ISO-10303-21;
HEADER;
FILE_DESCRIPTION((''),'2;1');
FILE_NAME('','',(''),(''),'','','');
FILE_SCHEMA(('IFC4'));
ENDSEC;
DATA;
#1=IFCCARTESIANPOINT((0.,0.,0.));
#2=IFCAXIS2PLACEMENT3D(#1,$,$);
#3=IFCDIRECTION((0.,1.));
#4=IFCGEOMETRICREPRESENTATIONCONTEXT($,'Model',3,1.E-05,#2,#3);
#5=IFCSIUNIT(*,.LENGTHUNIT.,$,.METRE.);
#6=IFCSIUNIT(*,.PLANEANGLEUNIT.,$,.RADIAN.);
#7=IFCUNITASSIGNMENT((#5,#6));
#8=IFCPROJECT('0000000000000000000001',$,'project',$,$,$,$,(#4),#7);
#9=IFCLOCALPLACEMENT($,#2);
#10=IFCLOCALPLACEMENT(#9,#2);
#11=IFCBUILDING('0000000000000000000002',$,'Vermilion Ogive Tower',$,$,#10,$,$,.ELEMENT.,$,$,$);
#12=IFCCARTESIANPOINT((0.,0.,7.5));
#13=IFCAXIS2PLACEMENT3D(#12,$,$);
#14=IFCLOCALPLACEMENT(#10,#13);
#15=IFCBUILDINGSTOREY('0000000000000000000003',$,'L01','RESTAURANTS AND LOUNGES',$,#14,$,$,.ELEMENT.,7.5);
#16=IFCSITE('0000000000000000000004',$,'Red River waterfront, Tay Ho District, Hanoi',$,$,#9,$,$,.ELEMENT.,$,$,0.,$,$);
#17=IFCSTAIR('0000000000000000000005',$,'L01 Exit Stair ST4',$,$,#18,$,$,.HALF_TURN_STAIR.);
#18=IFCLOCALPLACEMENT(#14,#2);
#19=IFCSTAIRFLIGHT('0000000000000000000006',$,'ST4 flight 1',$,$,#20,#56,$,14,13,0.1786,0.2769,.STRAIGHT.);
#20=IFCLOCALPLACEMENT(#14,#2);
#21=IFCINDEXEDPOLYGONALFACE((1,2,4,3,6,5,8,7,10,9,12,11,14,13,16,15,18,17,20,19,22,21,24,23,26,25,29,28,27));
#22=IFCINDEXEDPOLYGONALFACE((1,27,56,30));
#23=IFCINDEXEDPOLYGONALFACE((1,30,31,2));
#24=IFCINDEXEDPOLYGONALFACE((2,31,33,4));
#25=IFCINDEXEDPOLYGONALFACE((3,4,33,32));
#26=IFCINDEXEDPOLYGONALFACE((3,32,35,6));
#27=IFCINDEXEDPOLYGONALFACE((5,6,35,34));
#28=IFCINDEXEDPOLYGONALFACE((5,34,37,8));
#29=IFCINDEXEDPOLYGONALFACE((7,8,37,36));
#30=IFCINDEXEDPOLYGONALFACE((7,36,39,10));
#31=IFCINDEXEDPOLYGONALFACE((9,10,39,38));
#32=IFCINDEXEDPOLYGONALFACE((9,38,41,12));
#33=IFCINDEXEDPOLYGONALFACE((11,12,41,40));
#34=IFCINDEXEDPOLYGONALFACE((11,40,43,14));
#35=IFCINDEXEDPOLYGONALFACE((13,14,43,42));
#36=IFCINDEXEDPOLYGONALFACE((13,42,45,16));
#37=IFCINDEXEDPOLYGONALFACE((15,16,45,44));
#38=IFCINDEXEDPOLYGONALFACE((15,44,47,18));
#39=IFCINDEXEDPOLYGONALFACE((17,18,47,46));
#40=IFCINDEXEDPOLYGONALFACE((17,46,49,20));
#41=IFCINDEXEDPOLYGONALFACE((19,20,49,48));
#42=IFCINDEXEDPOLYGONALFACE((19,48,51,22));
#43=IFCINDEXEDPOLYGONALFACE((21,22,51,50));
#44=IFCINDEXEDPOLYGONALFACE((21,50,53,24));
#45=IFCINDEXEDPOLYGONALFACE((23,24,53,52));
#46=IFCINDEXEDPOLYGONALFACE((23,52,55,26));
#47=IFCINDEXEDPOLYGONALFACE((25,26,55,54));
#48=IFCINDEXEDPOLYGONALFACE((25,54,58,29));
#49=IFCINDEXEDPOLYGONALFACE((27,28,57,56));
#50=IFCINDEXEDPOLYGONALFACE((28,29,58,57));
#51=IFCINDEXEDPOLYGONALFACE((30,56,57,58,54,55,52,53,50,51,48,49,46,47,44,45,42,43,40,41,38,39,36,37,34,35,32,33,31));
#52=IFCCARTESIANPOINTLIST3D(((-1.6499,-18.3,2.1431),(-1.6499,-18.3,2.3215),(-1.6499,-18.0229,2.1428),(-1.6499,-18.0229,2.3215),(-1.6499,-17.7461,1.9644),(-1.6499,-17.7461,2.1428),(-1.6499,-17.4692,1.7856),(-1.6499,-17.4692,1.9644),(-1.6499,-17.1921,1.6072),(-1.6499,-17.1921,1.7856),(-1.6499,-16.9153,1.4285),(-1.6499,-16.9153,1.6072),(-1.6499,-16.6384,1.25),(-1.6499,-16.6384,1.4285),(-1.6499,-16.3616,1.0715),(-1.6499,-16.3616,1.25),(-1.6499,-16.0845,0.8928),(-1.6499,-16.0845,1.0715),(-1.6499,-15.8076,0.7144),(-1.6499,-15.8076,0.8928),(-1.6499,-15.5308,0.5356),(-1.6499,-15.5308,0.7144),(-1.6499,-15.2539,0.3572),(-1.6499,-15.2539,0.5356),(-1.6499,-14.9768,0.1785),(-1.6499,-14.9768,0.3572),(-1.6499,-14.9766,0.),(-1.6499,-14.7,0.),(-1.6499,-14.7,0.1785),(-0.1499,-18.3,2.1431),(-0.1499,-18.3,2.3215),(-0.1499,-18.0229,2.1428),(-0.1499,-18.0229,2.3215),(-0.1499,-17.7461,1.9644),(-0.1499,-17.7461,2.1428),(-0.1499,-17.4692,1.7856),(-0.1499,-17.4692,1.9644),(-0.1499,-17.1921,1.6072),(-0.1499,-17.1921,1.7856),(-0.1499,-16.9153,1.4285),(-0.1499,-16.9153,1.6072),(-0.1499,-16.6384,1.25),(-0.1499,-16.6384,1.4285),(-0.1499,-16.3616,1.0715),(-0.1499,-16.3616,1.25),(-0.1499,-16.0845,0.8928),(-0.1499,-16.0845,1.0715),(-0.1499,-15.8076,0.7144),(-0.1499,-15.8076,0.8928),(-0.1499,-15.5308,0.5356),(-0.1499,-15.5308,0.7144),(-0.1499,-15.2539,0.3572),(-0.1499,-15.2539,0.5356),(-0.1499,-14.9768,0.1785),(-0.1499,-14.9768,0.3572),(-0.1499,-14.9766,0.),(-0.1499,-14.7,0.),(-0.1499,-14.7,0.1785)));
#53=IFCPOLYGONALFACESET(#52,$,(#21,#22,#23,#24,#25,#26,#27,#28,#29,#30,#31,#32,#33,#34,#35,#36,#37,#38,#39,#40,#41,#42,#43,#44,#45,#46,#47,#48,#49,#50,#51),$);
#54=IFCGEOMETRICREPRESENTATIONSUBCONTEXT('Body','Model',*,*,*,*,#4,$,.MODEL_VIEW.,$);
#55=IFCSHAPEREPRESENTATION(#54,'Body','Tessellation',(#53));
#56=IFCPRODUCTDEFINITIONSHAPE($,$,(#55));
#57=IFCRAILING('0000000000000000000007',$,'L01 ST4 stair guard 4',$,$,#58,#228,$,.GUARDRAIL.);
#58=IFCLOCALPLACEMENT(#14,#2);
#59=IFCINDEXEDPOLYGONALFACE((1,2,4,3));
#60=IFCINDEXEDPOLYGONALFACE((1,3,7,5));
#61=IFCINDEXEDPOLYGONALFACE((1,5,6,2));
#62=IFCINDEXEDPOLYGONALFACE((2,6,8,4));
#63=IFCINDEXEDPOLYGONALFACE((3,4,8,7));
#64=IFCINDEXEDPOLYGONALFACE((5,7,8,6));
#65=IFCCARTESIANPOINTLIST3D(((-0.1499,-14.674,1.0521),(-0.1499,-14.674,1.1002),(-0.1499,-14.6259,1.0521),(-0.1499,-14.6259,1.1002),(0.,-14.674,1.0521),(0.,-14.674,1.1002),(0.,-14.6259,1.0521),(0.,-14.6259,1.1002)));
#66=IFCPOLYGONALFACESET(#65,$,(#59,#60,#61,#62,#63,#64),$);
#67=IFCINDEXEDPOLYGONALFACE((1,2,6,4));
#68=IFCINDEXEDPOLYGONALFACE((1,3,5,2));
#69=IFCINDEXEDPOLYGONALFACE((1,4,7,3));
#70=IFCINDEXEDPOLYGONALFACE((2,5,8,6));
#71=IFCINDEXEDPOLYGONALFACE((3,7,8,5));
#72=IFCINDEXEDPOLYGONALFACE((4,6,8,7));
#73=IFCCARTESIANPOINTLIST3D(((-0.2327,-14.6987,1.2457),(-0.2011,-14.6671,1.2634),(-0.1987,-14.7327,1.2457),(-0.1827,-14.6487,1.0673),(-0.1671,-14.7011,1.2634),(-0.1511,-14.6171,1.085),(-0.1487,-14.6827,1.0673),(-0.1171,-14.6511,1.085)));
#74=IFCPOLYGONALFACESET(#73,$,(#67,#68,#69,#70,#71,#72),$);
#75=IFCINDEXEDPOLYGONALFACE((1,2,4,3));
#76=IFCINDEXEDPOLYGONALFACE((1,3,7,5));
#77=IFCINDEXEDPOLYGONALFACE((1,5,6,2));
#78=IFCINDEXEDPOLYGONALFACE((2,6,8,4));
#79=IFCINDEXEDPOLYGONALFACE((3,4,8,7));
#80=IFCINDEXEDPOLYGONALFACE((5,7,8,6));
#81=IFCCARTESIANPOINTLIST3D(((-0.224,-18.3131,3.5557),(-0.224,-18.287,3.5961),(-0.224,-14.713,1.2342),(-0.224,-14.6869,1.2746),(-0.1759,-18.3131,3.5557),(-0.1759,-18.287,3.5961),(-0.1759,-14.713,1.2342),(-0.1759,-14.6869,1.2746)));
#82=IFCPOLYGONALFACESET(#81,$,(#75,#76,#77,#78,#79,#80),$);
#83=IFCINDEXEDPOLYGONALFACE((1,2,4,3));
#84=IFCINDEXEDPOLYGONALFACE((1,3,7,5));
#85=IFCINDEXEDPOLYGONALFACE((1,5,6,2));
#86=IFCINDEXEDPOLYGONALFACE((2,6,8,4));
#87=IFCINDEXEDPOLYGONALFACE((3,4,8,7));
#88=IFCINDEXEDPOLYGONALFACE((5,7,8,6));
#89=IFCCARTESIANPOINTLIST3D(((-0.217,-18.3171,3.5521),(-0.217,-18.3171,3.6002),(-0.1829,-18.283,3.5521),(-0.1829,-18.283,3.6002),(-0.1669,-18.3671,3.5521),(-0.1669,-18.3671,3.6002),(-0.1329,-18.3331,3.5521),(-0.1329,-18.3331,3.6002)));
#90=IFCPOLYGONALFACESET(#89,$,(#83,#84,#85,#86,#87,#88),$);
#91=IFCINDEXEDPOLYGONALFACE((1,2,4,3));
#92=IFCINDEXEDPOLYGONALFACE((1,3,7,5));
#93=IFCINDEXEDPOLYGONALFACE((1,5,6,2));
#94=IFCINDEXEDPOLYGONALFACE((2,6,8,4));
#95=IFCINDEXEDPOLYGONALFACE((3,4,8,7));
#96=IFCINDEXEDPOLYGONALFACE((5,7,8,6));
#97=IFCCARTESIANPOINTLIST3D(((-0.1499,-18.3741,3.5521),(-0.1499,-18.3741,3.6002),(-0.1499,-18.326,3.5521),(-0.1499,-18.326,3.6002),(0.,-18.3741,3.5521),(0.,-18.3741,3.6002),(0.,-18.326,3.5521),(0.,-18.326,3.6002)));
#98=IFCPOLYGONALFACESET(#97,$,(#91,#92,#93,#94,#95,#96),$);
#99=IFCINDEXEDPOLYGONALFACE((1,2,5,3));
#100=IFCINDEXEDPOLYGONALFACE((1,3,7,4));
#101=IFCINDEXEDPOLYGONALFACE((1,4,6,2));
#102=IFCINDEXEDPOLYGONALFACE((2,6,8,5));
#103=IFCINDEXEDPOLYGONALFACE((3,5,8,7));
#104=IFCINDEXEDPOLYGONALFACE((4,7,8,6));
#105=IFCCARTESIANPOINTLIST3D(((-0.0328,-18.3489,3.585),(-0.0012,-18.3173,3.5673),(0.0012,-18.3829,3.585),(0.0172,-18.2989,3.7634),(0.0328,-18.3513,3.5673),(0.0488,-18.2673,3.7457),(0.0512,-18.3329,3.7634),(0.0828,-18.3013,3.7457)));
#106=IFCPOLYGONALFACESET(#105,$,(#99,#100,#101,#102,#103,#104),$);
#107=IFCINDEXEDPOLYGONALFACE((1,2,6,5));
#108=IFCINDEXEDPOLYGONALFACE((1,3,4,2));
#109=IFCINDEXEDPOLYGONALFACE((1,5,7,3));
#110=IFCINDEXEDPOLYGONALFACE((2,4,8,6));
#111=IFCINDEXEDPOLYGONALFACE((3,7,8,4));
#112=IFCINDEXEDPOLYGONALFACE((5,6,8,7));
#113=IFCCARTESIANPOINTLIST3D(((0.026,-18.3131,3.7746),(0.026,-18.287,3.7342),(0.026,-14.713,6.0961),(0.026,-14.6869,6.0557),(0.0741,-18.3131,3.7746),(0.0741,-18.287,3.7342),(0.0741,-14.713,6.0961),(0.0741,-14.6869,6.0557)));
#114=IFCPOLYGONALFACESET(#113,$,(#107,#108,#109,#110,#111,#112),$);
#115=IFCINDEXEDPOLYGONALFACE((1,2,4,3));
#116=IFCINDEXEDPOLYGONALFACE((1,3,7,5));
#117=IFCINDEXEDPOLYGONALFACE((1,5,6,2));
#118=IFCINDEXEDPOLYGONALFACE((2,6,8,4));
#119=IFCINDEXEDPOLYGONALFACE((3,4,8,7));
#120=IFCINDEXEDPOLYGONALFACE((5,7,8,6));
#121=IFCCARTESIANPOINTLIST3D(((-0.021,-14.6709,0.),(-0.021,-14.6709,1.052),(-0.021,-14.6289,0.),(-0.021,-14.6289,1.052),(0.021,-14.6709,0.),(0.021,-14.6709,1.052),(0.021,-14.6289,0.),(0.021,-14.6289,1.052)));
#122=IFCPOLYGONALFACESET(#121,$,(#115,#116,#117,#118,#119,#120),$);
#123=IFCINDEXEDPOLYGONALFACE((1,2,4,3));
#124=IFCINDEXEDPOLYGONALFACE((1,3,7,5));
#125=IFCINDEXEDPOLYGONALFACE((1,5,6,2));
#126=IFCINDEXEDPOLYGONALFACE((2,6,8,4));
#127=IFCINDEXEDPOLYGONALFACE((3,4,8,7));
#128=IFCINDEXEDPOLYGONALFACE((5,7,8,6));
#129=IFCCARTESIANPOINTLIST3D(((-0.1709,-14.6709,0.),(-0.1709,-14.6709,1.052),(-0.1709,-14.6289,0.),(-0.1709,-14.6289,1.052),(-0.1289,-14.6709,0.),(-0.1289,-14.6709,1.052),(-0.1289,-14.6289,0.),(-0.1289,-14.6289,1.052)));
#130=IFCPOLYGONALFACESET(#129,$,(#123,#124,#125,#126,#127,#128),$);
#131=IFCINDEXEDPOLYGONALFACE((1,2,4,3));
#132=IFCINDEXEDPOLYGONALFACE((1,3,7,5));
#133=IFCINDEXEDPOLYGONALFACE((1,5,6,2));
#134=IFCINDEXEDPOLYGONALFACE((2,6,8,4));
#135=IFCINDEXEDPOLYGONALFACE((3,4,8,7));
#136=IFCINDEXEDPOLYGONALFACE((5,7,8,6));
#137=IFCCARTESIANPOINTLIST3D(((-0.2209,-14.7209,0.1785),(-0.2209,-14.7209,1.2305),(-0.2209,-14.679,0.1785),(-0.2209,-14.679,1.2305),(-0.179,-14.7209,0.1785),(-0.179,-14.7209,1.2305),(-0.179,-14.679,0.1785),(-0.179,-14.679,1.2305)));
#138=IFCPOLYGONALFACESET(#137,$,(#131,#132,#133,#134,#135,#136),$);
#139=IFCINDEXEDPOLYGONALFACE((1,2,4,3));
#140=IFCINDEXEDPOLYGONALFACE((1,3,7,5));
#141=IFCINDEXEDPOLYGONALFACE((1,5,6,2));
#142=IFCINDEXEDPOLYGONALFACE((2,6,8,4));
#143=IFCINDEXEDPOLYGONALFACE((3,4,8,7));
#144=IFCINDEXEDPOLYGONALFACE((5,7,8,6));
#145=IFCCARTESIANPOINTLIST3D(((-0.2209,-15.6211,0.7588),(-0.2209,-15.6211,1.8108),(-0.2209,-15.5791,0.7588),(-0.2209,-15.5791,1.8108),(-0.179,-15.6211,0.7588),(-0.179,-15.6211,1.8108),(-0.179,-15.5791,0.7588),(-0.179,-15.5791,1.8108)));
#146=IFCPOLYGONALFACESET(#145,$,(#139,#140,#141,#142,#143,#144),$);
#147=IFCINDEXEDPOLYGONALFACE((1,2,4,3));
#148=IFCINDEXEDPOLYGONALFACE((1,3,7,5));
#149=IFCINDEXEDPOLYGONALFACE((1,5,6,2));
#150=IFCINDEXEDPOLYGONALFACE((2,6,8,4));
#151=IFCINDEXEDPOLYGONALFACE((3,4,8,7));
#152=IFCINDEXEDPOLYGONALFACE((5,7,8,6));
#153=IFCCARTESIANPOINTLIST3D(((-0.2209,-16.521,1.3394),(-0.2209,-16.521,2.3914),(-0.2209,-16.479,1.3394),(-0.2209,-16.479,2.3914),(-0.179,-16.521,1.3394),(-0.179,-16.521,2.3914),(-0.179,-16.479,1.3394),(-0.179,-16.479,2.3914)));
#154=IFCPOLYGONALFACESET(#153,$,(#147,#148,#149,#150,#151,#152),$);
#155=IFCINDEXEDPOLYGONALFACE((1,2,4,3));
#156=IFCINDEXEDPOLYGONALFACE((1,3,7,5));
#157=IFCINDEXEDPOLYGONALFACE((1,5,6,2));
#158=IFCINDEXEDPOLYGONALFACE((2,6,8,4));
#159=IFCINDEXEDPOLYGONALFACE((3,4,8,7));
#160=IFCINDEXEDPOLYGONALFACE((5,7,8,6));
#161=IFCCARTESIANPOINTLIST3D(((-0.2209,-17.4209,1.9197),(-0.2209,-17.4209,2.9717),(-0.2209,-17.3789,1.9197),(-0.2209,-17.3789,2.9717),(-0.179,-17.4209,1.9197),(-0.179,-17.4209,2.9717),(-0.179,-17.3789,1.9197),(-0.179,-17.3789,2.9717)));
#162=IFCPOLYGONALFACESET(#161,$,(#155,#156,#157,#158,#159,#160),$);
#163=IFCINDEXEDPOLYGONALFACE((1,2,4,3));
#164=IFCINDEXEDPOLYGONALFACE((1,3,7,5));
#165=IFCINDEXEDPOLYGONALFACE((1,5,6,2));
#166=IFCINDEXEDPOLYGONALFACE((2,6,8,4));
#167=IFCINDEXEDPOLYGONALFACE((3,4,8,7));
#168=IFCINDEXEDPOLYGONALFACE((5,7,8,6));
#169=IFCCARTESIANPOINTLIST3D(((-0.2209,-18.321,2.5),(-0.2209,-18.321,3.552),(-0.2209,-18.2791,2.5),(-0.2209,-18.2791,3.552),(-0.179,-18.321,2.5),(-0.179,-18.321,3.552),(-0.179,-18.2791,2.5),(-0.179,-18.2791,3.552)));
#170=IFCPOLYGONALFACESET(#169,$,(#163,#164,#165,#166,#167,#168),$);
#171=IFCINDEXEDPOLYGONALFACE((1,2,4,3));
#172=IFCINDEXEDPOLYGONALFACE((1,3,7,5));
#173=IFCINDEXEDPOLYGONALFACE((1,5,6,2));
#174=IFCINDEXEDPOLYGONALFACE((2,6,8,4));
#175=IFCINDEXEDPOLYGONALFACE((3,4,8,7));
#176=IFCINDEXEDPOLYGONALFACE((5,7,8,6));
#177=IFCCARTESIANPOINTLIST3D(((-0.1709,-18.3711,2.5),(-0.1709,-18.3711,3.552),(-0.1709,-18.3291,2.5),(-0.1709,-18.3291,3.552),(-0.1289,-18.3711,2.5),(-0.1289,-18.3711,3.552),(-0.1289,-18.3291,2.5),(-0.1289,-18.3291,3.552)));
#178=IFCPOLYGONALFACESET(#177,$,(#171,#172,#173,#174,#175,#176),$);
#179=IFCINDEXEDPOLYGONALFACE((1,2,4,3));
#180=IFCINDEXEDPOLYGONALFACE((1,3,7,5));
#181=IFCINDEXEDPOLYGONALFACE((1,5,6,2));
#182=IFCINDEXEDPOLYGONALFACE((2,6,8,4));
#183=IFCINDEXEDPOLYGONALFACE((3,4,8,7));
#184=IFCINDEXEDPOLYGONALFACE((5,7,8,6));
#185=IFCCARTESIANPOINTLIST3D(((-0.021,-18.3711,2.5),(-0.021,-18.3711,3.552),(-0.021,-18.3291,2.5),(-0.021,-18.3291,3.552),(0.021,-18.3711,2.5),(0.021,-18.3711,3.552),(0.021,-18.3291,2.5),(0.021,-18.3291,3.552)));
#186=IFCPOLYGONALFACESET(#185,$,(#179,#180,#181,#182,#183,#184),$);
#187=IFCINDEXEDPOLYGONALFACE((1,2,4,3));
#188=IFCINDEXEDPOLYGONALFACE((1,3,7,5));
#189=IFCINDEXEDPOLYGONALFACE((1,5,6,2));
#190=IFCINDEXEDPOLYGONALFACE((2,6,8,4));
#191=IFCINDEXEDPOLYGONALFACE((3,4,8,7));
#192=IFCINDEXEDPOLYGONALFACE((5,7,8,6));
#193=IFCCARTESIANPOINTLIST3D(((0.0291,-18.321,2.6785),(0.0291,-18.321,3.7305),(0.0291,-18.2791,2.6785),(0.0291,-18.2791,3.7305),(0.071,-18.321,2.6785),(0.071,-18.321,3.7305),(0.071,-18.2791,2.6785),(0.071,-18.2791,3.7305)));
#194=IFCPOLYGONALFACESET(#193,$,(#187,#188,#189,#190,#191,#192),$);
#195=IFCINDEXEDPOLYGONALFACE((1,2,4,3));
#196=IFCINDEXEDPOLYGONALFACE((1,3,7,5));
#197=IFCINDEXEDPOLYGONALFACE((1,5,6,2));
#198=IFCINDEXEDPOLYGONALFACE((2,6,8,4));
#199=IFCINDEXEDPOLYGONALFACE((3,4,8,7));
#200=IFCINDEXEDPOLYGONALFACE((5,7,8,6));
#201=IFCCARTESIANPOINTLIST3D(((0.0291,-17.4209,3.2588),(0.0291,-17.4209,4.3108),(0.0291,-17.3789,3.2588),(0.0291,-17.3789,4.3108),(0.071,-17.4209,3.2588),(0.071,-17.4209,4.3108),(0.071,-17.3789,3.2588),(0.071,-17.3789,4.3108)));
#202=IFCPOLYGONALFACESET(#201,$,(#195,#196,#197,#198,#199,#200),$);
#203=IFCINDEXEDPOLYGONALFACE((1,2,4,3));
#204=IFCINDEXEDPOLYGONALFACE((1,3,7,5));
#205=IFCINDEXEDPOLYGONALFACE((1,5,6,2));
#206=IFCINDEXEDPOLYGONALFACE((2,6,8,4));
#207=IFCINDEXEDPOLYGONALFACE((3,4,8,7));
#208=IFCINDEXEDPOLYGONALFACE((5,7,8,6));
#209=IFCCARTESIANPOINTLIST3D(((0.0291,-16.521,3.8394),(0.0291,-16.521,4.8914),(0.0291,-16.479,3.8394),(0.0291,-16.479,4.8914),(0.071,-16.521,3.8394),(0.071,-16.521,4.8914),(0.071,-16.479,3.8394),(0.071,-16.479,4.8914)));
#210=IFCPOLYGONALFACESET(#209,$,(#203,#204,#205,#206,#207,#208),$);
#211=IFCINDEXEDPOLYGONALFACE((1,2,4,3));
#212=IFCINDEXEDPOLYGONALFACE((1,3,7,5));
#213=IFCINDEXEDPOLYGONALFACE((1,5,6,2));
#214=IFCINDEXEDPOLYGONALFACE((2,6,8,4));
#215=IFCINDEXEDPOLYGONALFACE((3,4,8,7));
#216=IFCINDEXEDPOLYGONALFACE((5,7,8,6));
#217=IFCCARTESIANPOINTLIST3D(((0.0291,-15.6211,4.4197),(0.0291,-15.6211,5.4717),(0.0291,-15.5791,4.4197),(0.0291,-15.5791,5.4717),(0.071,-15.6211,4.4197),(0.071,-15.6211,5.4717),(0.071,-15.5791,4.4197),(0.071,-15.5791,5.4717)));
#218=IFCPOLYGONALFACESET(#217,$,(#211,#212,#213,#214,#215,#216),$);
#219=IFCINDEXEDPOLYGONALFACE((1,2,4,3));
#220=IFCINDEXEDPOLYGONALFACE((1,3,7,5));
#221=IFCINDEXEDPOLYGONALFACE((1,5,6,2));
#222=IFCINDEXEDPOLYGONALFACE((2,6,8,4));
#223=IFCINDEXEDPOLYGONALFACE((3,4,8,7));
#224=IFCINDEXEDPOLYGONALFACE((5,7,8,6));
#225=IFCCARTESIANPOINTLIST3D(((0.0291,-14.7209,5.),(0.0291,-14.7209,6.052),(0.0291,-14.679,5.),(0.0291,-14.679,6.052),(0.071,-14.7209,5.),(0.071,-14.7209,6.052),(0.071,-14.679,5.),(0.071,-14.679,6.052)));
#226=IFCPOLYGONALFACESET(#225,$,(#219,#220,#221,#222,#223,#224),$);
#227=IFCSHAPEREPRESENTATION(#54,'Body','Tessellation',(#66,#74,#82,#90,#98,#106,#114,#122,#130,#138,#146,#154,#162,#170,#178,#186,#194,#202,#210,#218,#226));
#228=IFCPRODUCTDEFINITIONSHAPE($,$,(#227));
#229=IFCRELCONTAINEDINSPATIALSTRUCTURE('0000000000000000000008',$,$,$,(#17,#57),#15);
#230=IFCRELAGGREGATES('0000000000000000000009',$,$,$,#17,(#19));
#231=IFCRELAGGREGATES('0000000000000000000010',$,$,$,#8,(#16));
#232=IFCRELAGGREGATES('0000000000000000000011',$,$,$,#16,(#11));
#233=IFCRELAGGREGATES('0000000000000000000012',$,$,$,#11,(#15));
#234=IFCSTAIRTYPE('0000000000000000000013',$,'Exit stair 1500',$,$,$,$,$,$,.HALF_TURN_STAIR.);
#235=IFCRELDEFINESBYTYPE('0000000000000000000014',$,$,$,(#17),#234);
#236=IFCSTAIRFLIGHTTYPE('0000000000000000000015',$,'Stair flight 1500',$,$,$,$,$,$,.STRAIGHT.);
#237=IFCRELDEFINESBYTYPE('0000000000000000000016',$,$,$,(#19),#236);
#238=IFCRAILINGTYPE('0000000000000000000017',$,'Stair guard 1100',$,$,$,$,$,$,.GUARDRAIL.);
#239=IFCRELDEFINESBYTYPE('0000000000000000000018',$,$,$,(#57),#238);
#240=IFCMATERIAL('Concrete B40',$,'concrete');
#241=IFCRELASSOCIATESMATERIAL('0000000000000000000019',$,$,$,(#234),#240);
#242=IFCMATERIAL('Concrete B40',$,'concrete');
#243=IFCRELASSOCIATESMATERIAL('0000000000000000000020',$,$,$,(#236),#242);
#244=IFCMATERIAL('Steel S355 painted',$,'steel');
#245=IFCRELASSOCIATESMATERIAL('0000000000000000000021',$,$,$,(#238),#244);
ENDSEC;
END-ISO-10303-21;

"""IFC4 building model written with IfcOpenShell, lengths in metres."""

from ifc_helpers import new_model, si_unit, direction, frame, origin, origin_2d, place, context, subcontext, project, spatial, polyline, rectangle, outline, extrude, material, type_object, element, aggregate, save


model = new_model("IFC4")

# Units and contexts
model_context = context("Model", 3, precision=1e-05, world=origin(), true_north=direction((0.0, 1.0)))
body_context = subcontext(model_context, "Body", "Model", "MODEL_VIEW")
ifc_project = project(units=[si_unit("LENGTHUNIT", "METRE"), si_unit("PLANEANGLEUNIT", "RADIAN")], contexts=[model_context])

# Site, building, storey
site_placement = place(None, origin())
site = spatial("IfcSite", under=ifc_project, at=site_placement, Name="Red River waterfront, Tay Ho District, Hanoi", CompositionType="ELEMENT", RefElevation=0.0)
building_placement = place(site_placement, origin())
building = spatial("IfcBuilding", under=site, at=building_placement, Name="Vermilion Ogive Tower", CompositionType="ELEMENT")
storey_placement = place(building_placement, frame((0.0, 0.0, 7.5)))
storey = spatial("IfcBuildingStorey", under=building, at=storey_placement, Name="L01", Description="RESTAURANTS AND LOUNGES", CompositionType="ELEMENT", Elevation=7.5)

# Stair, stair flight
ifc_material_1 = material(Name="Concrete B40", Category="concrete")
stair_type = type_object("IfcStairType", Name="Exit stair 1500", PredefinedType="HALF_TURN_STAIR", material=ifc_material_1)
stair_placement = place(storey_placement, origin())
stair = element("IfcStair", 1, at=stair_placement, inside=storey, type_object=stair_type, Name="L01 Exit Stair ST4", PredefinedType="HALF_TURN_STAIR")
ifc_material_2 = material(Name="Concrete B40", Category="concrete")
stair_flight_type = type_object("IfcStairFlightType", Name="Stair flight 1500", PredefinedType="STRAIGHT", material=ifc_material_2)
stair_flight_placement = place(storey_placement, frame((-0.8999, -14.7, 0.0), z_axis=(0.0, 0.0, 1.0), x_axis=(0.0, -1.0, 0.0)))
stair_flight = element("IfcStairFlight", 2, at=stair_flight_placement, type_object=stair_flight_type, Name="ST4 flight 1", NumberOfRisers=14, NumberOfTreads=13, PredefinedType="STRAIGHT", RiserHeight=0.1786, TreadLength=0.2769, context=body_context, shape_type="SweptSolid", body=[
    extrude(outline(polyline([(0.0, 0.0), (0.0, 0.1785), (0.2769, 0.1785), (0.2769, 0.3572), (0.554, 0.3572), (0.554, 0.5356), (0.8308, 0.5356), (0.8308, 0.7144), (1.1077, 0.7144), (1.1077, 0.8928), (1.3845, 0.8928), (1.3845, 1.0715), (1.6616, 1.0715), (1.6616, 1.25), (1.9385, 1.25), (1.9385, 1.4285), (2.2153, 1.4285), (2.2153, 1.6072), (2.4922, 1.6072), (2.4922, 1.7856), (2.7693, 1.7856), (2.7693, 1.9644), (3.0461, 1.9644), (3.0461, 2.1428), (3.323, 2.1428), (3.323, 2.3215), (3.6001, 2.3215), (3.6001, 2.5), (3.6001, 2.1431), (0.2766, 0.0), (0.0, 0.0)])), frame((0.0, 0.75, 0.0), z_axis=(0.0, -1.0, 0.0), x_axis=(1.0, 0.0, 0.0)), (0.0, 0.0, 1.0), 1.5),
])
aggregate(stair, [stair_flight])

# Railing
ifc_material_3 = material(Name="Steel S355 painted", Category="steel")
railing_type_1 = type_object("IfcRailingType", Name="Stair guard 1100", PredefinedType="GUARDRAIL", material=ifc_material_3)
railing_1_placement = place(storey_placement, frame((0.0, -14.6499, 0.0)))
element("IfcRailing", 3, at=railing_1_placement, inside=storey, type_object=railing_type_1, Name="L01 ST4 stair guard 4", PredefinedType="GUARDRAIL", context=body_context, shape_type="SweptSolid", body=[
    extrude(rectangle(XDim=0.0481, YDim=0.0481, at=origin_2d()), frame((0.0, 0.0, 1.0762), z_axis=(-1.0, 0.0, 0.0), x_axis=(0.0, -1.0, 0.0)), (0.0, 0.0, 1.0), 0.1499),
    extrude(rectangle(XDim=0.0481, YDim=0.0481, at=origin_2d()), frame((-0.1499, 0.0, 1.0762), z_axis=(-0.260685, -0.260685, 0.929563), x_axis=(0.707107, -0.707107, 0.0)), (0.0, 0.0, 1.0), 0.1919),
    extrude(rectangle(XDim=0.0481, YDim=0.0481, at=origin_2d()), frame((-0.2, -0.05, 1.2544), z_axis=(0.0, -0.840415, 0.541944), x_axis=(1.0, 0.0, 0.0)), (0.0, 0.0, 1.0), 4.2837),
    extrude(rectangle(XDim=0.0481, YDim=0.0481, at=origin_2d()), frame((-0.2, -3.6501, 3.5762), z_axis=(0.707107, -0.707107, 0.0), x_axis=(0.707107, 0.707107, 0.0)), (0.0, 0.0, 1.0), 0.0708),
    extrude(rectangle(XDim=0.0481, YDim=0.0481, at=origin_2d()), frame((-0.1499, -3.7002, 3.5762), z_axis=(1.0, 0.0, 0.0), x_axis=(0.0, 1.0, 0.0)), (0.0, 0.0, 1.0), 0.1499),
    extrude(rectangle(XDim=0.0481, YDim=0.0481, at=origin_2d()), frame((0.0, -3.7002, 3.5762), z_axis=(0.260685, 0.260685, 0.929563), x_axis=(-0.707107, 0.707107, 0.0)), (0.0, 0.0, 1.0), 0.1919),
    extrude(rectangle(XDim=0.0481, YDim=0.0481, at=origin_2d()), frame((0.05, -3.6501, 3.7544), z_axis=(0.0, 0.840415, 0.541944), x_axis=(-1.0, 0.0, 0.0)), (0.0, 0.0, 1.0), 4.2837),
    extrude(rectangle(XDim=0.042, YDim=0.042, at=origin_2d()), origin(), (0.0, 0.0, 1.0), 1.052),
    extrude(rectangle(XDim=0.042, YDim=0.042, at=origin_2d()), frame((-0.1499, 0.0, 0.0)), (0.0, 0.0, 1.0), 1.052),
    extrude(rectangle(XDim=0.042, YDim=0.042, at=origin_2d()), frame((-0.2, -0.05, 0.1785)), (0.0, 0.0, 1.0), 1.052),
    extrude(rectangle(XDim=0.042, YDim=0.042, at=origin_2d()), frame((-0.2, -0.9502, 0.7588)), (0.0, 0.0, 1.0), 1.052),
    extrude(rectangle(XDim=0.042, YDim=0.042, at=origin_2d()), frame((-0.2, -1.8501, 1.3394)), (0.0, 0.0, 1.0), 1.052),
    extrude(rectangle(XDim=0.042, YDim=0.042, at=origin_2d()), frame((-0.2, -2.75, 1.9197)), (0.0, 0.0, 1.0), 1.052),
    extrude(rectangle(XDim=0.042, YDim=0.042, at=origin_2d()), frame((-0.2, -3.6501, 2.5)), (0.0, 0.0, 1.0), 1.052),
    extrude(rectangle(XDim=0.042, YDim=0.042, at=origin_2d()), frame((-0.1499, -3.7002, 2.5)), (0.0, 0.0, 1.0), 1.052),
    extrude(rectangle(XDim=0.042, YDim=0.042, at=origin_2d()), frame((0.0, -3.7002, 2.5)), (0.0, 0.0, 1.0), 1.052),
    extrude(rectangle(XDim=0.042, YDim=0.042, at=origin_2d()), frame((0.05, -3.6501, 2.6785)), (0.0, 0.0, 1.0), 1.052),
    extrude(rectangle(XDim=0.042, YDim=0.042, at=origin_2d()), frame((0.05, -2.75, 3.2588)), (0.0, 0.0, 1.0), 1.052),
    extrude(rectangle(XDim=0.042, YDim=0.042, at=origin_2d()), frame((0.05, -1.8501, 3.8394)), (0.0, 0.0, 1.0), 1.052),
    extrude(rectangle(XDim=0.042, YDim=0.042, at=origin_2d()), frame((0.05, -0.9502, 4.4197)), (0.0, 0.0, 1.0), 1.052),
    extrude(rectangle(XDim=0.042, YDim=0.042, at=origin_2d()), frame((0.05, -0.05, 5.0)), (0.0, 0.0, 1.0), 1.052),
])

save(model, "model.ifc")
